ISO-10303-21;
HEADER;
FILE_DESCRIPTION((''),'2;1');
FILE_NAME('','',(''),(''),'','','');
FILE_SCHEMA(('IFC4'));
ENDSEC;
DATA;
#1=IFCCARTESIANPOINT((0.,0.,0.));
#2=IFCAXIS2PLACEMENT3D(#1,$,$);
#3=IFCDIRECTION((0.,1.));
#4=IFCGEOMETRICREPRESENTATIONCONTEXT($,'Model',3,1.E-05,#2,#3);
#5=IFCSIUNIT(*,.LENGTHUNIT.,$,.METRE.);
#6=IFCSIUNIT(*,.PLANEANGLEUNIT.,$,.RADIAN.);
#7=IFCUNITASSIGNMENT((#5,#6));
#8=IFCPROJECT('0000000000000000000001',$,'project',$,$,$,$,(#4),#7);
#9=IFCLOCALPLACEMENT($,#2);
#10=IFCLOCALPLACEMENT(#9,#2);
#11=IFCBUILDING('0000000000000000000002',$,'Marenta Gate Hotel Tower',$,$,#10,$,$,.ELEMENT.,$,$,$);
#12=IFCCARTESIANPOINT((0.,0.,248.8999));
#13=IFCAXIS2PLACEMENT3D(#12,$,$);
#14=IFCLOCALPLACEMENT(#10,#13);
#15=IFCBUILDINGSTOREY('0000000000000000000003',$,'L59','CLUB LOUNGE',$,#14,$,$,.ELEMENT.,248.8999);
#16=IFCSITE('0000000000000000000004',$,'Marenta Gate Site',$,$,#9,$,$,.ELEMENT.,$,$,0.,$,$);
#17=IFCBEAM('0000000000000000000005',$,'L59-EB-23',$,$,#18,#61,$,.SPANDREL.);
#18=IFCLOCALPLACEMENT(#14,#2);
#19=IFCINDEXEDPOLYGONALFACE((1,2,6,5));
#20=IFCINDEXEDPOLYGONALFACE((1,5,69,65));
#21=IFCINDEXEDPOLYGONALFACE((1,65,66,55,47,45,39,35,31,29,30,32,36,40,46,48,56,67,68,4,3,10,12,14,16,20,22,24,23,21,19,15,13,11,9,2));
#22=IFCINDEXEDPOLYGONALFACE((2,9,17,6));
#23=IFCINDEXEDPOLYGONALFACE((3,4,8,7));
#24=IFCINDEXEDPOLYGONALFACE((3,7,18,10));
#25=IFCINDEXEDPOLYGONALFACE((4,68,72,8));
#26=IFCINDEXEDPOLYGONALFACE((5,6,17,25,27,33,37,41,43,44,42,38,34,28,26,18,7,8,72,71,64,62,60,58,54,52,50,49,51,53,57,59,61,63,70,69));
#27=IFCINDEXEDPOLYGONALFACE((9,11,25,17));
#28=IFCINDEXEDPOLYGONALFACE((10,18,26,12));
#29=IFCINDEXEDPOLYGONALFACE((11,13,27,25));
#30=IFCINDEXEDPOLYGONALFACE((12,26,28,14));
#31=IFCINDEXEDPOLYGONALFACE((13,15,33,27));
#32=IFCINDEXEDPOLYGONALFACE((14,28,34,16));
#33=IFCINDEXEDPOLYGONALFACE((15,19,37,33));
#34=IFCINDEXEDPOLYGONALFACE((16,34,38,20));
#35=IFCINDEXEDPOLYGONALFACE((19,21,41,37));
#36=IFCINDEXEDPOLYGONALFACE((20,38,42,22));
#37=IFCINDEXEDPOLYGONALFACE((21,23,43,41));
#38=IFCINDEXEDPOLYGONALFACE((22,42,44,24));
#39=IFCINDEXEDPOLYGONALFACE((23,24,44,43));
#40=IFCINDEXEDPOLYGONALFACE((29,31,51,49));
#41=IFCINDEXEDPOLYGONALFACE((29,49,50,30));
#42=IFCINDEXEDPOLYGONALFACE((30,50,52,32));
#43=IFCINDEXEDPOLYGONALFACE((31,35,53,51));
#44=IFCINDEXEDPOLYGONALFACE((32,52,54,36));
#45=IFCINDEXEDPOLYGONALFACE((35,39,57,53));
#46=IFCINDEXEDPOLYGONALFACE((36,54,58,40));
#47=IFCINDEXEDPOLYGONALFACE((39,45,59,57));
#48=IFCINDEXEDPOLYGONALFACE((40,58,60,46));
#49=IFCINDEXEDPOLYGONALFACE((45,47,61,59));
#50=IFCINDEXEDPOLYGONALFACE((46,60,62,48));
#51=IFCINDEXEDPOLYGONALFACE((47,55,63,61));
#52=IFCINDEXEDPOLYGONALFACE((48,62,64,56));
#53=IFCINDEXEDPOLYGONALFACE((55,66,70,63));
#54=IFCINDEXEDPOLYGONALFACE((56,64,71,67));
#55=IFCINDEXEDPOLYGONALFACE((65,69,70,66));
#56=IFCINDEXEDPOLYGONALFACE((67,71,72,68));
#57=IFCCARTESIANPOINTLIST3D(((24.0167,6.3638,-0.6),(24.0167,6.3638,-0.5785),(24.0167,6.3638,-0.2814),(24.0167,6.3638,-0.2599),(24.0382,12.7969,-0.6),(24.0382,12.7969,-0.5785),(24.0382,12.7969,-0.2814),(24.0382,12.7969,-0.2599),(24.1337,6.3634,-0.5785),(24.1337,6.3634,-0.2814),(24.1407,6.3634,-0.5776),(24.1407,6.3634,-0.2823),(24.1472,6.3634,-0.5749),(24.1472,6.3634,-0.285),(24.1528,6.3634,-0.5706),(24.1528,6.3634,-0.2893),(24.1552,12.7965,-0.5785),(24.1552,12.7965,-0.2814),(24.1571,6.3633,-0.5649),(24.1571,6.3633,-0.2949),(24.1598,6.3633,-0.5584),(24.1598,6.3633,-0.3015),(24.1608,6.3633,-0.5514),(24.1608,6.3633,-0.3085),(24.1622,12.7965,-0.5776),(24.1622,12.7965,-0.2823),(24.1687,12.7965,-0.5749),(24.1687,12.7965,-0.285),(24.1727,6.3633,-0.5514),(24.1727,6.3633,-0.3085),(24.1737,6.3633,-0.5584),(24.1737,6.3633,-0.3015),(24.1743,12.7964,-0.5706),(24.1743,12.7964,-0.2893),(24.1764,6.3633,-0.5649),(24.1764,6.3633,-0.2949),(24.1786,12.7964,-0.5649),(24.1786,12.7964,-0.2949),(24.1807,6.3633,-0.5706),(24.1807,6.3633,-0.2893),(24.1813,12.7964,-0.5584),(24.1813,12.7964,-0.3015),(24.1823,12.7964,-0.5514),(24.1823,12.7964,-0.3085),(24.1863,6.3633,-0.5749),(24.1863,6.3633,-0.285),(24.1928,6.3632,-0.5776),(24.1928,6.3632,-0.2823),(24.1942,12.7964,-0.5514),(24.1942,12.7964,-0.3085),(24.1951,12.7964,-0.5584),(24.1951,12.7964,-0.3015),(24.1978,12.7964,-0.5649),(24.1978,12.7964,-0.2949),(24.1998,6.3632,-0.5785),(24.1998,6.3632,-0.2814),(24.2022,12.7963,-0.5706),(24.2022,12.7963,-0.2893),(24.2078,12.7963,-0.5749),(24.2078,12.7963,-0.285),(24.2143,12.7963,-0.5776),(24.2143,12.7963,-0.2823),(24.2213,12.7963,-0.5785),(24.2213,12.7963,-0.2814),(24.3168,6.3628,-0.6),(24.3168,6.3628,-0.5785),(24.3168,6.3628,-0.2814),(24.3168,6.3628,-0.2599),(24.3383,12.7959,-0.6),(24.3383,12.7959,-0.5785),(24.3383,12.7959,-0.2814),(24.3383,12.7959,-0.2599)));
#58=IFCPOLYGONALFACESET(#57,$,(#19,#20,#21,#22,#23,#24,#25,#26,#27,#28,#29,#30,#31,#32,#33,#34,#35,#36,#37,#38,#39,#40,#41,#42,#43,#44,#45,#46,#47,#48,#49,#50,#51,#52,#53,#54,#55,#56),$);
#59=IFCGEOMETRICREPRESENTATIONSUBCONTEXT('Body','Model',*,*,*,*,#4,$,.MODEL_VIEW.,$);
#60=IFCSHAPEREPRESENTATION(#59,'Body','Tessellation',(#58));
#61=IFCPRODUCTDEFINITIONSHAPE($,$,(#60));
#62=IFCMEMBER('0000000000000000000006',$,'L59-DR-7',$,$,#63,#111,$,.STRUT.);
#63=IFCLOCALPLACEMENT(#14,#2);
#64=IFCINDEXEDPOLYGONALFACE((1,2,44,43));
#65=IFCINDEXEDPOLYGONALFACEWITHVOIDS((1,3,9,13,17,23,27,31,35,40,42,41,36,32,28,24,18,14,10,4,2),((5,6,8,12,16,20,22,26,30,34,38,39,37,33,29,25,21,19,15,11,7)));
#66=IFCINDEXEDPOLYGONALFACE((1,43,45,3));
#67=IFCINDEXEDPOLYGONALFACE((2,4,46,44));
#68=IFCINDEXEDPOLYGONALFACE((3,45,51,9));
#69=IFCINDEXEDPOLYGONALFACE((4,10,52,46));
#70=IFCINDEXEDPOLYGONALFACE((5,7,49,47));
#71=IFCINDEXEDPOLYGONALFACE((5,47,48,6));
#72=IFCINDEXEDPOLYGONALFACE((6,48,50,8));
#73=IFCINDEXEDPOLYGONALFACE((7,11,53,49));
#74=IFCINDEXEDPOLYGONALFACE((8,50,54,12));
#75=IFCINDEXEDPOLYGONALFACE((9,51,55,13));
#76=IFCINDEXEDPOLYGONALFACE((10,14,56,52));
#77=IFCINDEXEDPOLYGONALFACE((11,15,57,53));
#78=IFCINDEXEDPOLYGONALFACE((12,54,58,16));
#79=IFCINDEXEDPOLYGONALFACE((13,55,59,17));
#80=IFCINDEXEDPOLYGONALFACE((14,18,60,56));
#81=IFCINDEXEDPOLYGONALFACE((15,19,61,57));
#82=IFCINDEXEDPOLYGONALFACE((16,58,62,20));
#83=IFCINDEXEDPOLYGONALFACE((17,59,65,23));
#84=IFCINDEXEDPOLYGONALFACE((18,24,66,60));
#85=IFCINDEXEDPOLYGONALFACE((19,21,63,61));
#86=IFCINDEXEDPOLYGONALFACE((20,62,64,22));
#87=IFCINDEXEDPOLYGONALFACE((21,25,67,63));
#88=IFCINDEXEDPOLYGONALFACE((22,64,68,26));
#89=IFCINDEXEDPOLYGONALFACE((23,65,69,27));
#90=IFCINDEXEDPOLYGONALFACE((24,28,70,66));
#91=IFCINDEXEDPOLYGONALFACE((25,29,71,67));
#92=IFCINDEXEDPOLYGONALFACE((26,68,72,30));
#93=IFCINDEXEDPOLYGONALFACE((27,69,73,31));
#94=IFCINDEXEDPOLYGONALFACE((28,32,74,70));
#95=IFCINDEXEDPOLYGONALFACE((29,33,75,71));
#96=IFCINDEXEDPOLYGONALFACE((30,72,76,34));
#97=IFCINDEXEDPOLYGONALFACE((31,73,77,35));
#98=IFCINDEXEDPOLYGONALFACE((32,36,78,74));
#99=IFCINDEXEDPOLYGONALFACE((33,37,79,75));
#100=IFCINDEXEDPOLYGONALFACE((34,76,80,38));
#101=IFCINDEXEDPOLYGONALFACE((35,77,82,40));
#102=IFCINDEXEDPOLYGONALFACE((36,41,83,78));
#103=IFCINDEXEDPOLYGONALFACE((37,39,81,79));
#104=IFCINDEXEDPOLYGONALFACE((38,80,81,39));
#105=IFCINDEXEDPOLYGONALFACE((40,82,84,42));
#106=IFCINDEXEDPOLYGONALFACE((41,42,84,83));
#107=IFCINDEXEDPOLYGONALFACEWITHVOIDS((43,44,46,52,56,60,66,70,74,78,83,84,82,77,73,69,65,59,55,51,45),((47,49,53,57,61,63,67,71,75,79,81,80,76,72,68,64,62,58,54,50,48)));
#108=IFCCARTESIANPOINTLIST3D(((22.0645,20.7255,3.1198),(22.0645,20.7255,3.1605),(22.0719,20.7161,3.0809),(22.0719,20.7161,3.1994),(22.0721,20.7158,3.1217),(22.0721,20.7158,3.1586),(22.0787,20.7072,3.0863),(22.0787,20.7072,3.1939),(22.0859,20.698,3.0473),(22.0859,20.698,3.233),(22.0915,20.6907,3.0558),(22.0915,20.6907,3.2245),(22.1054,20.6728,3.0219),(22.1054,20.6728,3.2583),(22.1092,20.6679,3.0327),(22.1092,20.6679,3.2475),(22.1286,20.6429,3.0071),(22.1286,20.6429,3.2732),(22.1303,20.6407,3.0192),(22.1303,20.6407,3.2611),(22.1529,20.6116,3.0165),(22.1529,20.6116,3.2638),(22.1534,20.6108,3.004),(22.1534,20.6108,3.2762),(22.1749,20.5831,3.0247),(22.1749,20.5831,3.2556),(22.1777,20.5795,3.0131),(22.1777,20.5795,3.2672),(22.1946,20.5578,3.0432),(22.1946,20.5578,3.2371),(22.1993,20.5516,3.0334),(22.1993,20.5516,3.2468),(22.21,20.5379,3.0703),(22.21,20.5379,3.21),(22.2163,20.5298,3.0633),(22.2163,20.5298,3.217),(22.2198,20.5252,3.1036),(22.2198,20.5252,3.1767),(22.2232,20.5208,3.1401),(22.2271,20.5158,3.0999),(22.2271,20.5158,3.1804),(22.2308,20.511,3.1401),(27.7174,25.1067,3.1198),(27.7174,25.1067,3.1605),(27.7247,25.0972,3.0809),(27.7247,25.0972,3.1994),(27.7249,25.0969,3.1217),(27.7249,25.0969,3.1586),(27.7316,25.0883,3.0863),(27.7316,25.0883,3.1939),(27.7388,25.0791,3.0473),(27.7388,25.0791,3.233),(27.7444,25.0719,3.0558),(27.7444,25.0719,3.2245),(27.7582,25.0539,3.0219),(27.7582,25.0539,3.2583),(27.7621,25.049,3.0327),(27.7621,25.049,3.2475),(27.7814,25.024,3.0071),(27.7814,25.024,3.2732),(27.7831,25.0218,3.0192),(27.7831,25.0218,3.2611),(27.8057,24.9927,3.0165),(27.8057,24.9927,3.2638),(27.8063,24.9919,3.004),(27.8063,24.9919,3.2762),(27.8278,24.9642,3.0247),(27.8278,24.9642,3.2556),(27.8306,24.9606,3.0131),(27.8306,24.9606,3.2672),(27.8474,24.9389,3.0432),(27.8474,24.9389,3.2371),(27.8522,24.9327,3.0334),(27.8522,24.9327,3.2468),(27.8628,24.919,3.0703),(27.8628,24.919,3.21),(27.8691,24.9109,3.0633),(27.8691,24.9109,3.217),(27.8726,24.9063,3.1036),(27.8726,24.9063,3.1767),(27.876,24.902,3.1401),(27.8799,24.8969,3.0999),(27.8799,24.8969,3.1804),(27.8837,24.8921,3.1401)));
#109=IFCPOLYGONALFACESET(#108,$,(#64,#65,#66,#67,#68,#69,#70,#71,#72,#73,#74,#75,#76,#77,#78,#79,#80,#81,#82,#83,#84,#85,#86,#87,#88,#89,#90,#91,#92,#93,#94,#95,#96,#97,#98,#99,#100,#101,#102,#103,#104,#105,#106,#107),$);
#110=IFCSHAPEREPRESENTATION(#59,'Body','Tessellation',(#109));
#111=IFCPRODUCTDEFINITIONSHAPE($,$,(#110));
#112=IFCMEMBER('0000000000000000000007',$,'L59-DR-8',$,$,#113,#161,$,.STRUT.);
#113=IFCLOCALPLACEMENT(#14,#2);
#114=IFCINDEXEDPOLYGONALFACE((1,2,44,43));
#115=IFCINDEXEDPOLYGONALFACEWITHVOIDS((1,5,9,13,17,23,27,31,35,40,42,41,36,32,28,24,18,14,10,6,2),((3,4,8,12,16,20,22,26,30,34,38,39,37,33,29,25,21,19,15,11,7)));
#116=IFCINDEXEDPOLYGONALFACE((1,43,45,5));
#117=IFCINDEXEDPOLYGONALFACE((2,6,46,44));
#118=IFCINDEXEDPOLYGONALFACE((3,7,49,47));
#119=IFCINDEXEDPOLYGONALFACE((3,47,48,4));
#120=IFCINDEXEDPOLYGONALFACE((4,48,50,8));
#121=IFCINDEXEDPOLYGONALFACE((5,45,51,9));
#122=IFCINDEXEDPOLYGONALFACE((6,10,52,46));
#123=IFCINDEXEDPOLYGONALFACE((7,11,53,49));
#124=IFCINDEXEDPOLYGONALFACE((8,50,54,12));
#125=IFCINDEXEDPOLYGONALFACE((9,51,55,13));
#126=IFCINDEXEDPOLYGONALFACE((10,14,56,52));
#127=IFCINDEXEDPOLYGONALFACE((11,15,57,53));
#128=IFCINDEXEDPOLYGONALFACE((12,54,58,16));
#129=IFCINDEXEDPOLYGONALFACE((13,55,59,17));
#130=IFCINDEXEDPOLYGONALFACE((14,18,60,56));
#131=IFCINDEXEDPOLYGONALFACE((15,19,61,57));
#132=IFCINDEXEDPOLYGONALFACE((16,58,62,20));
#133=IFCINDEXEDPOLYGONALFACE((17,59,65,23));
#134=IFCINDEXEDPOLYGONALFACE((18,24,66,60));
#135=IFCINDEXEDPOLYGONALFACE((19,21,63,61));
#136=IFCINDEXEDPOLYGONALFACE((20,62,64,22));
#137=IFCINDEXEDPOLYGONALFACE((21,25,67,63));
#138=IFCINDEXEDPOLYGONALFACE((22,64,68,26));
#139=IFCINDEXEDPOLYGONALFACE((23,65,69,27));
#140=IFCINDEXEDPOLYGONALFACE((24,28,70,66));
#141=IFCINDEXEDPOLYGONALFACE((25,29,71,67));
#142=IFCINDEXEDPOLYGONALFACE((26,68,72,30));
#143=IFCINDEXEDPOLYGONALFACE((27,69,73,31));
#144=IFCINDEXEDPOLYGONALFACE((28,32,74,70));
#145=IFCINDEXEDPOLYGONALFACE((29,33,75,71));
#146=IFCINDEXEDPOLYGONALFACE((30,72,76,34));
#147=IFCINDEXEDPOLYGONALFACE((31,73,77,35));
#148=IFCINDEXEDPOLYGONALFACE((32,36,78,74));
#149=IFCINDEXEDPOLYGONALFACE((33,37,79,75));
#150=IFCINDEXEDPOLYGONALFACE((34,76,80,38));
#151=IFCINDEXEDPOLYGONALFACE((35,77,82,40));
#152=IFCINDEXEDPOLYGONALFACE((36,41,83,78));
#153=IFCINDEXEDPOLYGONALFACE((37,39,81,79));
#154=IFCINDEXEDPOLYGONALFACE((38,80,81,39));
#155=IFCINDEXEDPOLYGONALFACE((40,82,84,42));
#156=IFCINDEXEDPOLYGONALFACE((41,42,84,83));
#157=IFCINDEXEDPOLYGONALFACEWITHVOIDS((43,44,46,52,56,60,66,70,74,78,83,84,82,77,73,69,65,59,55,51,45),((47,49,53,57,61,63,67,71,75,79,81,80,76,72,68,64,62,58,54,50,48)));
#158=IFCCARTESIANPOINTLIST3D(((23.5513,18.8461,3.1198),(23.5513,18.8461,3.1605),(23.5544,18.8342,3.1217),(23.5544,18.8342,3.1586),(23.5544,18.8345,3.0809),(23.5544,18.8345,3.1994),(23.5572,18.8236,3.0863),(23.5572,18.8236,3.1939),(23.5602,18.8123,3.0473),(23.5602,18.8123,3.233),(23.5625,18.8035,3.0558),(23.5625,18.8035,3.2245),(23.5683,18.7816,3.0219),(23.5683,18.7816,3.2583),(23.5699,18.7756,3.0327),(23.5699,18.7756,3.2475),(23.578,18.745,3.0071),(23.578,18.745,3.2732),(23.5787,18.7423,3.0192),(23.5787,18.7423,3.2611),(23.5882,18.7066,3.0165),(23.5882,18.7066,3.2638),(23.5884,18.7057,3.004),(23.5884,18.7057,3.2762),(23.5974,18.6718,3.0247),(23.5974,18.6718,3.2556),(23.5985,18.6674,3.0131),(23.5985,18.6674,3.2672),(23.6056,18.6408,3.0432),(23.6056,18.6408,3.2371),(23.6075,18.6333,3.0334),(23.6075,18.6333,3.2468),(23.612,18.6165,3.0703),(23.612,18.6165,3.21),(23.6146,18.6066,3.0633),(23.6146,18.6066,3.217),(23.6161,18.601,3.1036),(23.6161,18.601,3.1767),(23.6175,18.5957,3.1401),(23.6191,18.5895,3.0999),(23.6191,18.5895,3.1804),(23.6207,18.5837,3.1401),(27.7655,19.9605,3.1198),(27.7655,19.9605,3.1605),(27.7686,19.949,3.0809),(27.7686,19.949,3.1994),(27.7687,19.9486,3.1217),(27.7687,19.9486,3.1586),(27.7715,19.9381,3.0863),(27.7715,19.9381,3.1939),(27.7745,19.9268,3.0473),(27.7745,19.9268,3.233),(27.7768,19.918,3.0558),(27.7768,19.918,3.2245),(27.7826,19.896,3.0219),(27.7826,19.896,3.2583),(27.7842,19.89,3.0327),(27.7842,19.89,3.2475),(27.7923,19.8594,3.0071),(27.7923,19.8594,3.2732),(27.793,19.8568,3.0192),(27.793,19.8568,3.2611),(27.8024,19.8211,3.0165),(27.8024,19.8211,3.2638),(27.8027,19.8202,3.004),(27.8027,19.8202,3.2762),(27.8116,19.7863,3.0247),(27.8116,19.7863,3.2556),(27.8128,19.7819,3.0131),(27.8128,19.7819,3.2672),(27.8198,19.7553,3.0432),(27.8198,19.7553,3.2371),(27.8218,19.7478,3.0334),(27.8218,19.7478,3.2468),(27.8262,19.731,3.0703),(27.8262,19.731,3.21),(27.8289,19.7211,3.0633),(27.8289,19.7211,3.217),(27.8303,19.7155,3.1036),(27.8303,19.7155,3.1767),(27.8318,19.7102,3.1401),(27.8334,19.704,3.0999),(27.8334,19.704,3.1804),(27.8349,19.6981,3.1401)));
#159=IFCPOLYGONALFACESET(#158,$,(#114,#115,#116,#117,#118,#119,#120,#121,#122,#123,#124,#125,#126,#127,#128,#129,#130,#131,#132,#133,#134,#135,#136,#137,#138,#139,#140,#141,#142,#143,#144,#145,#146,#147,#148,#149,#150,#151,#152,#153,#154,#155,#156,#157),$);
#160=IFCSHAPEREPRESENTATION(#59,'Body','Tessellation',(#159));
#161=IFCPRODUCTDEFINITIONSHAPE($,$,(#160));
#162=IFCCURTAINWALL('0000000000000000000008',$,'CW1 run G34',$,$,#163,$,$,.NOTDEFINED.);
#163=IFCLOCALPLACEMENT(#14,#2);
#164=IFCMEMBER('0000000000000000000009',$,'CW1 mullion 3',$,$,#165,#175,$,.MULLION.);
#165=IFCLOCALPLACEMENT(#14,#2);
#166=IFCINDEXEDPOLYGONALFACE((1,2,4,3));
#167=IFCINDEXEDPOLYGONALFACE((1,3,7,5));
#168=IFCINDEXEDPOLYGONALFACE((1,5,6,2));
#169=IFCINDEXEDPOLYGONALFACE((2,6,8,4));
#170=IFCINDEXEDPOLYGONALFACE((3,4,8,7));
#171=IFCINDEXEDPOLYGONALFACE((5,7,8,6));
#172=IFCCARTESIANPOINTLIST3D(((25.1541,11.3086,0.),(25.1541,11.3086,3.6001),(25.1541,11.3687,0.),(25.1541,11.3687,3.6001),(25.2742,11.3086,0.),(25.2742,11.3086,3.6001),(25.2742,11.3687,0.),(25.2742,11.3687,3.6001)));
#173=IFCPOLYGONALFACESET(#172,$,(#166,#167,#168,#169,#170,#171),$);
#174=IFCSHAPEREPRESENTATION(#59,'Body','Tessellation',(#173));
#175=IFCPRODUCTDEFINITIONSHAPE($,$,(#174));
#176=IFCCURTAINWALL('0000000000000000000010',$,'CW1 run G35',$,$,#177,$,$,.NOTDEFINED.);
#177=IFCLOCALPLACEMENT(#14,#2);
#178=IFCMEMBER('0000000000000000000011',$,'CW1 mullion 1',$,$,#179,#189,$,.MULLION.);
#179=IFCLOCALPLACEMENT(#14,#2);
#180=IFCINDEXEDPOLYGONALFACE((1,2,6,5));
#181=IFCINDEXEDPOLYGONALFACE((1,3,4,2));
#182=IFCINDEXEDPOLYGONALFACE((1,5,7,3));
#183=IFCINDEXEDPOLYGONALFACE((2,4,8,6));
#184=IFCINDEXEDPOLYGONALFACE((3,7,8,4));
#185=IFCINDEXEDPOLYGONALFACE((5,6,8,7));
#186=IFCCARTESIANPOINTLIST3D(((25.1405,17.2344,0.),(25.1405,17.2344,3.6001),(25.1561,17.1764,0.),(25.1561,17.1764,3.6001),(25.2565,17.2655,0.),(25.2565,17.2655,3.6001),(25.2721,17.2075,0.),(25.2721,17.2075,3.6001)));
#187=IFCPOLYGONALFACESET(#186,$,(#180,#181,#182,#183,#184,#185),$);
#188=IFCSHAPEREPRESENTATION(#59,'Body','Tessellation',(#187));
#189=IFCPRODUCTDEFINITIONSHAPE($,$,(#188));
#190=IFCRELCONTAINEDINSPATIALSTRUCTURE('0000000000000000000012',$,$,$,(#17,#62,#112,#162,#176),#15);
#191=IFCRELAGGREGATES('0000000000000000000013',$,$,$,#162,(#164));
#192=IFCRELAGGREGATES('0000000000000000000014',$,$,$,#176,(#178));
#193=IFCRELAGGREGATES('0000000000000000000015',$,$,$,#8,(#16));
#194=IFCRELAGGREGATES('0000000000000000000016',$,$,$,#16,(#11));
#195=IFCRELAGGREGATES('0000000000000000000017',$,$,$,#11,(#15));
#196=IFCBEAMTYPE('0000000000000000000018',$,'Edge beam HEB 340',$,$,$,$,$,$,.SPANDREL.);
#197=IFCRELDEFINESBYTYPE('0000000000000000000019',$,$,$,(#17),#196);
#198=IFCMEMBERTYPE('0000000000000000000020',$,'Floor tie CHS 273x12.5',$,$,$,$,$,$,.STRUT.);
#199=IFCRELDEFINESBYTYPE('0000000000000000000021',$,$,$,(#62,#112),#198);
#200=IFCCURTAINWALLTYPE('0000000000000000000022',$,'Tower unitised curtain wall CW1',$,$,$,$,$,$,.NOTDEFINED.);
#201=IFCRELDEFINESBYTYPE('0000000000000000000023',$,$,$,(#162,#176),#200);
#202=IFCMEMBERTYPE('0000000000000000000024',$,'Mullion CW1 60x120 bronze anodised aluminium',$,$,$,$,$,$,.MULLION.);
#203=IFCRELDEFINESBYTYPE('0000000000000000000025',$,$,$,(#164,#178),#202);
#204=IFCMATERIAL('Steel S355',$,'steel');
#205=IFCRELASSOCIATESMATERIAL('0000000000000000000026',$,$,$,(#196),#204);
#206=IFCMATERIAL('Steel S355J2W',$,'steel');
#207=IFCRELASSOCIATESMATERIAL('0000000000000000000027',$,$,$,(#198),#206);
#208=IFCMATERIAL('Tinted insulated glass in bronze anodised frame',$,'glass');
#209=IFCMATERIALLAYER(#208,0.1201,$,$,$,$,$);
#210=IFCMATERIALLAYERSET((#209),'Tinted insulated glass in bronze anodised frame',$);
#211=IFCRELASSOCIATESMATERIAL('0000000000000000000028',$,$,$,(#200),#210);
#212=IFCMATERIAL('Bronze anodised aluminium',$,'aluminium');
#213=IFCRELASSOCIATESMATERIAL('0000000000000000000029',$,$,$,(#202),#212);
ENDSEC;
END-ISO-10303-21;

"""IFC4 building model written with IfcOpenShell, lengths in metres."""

from ifc_helpers import new_model, si_unit, direction, frame, origin, origin_2d, place, context, subcontext, project, spatial, rectangle, hollow_circle, i_section, extrude, material, layer, layer_set, material_profile, profile_set, type_object, element, aggregate, save


model = new_model("IFC4")

# Units and contexts
model_context = context("Model", 3, precision=1e-05, world=origin(), true_north=direction((0.0, 1.0)))
body_context = subcontext(model_context, "Body", "Model", "MODEL_VIEW")
ifc_project = project(units=[si_unit("LENGTHUNIT", "METRE"), si_unit("PLANEANGLEUNIT", "RADIAN")], contexts=[model_context])

# Site, building, storey
site_placement = place(None, origin())
site = spatial("IfcSite", under=ifc_project, at=site_placement, Name="Marenta Gate Site", CompositionType="ELEMENT", RefElevation=0.0)
building_placement = place(site_placement, origin())
building = spatial("IfcBuilding", under=site, at=building_placement, Name="Marenta Gate Hotel Tower", CompositionType="ELEMENT")
storey_placement = place(building_placement, frame((0.0, 0.0, 248.8999)))
storey = spatial("IfcBuildingStorey", under=building, at=storey_placement, Name="L59", Description="CLUB LOUNGE", CompositionType="ELEMENT", Elevation=248.8999)

# Beam
ifc_material_1 = material(Name="Steel S355", Category="steel")
ifc_material_profile_1 = material_profile(ifc_material_1, i_section(OverallWidth=0.3, OverallDepth=0.3401, WebThickness=0.012, FlangeThickness=0.0215, FilletRadius=0.0271, at=origin_2d()), Name="HEB 340")
ifc_profile_set_1 = profile_set([ifc_material_profile_1], Name="Steel S355")
beam_type = type_object("IfcBeamType", Name="Edge beam HEB 340", PredefinedType="SPANDREL", material=ifc_profile_set_1)
beam_1_placement = place(storey_placement, frame((24.1882, 12.7964, -0.4299), z_axis=(-0.00334, -0.999994, 0.0), x_axis=(0.999994, -0.00334, 0.0)))
element("IfcBeam", 1, at=beam_1_placement, inside=storey, type_object=beam_type, Name="L59-EB-23", PredefinedType="SPANDREL", context=body_context, shape_type="SweptSolid", body=[
    extrude(i_section(OverallWidth=0.3, OverallDepth=0.3401, WebThickness=0.012, FlangeThickness=0.0215, FilletRadius=0.0271, at=origin_2d()), origin(), (0.0, 0.0, 1.0), 6.4331),
])

# Members
ifc_material_2 = material(Name="Steel S355J2W", Category="steel")
ifc_material_profile_2 = material_profile(ifc_material_2, hollow_circle(Radius=0.1365, WallThickness=0.0125, at=origin_2d()), Name="CHS 273x12.5")
ifc_profile_set_2 = profile_set([ifc_material_profile_2], Name="Steel S355J2W")
member_type_1 = type_object("IfcMemberType", Name="Floor tie CHS 273x12.5", PredefinedType="STRUT", material=ifc_profile_set_2)
member_1_placement = place(storey_placement, frame((27.8, 25.0, 3.1401), z_axis=(-0.790404, -0.612586, 0.0), x_axis=(0.612586, -0.790404, 0.0)))
element("IfcMember", 2, at=member_1_placement, inside=storey, type_object=member_type_1, Name="L59-DR-7", PredefinedType="STRUT", context=body_context, shape_type="SweptSolid", body=[
    extrude(hollow_circle(Radius=0.1365, WallThickness=0.0125, at=origin_2d()), origin(), (0.0, 0.0, 1.0), 7.1519),
])
member_2_placement = place(storey_placement, frame((27.8, 19.8301, 3.1401), z_axis=(-0.966766, -0.255665, 0.0), x_axis=(0.255665, -0.966766, 0.0)))
element("IfcMember", 3, at=member_2_placement, inside=storey, type_object=member_type_1, Name="L59-DR-8", PredefinedType="STRUT", context=body_context, shape_type="SweptSolid", body=[
    extrude(hollow_circle(Radius=0.1365, WallThickness=0.0125, at=origin_2d()), origin(), (0.0, 0.0, 1.0), 4.3591),
])

# Curtain wall, member
ifc_material_3 = material(Name="Tinted insulated glass in bronze anodised frame", Category="glass")
ifc_layer_1 = layer(ifc_material_3, 0.1201)
ifc_layer_set_1 = layer_set([ifc_layer_1], Name="Tinted insulated glass in bronze anodised frame")
curtain_wall_type = type_object("IfcCurtainWallType", Name="Tower unitised curtain wall CW1", PredefinedType="NOTDEFINED", material=ifc_layer_set_1)
curtain_wall_1_placement = place(storey_placement, origin())
curtain_wall_1 = element("IfcCurtainWall", 4, at=curtain_wall_1_placement, inside=storey, type_object=curtain_wall_type, Name="CW1 run G34", PredefinedType="NOTDEFINED")
ifc_material_4 = material(Name="Bronze anodised aluminium", Category="aluminium")
ifc_material_profile_3 = material_profile(ifc_material_4, rectangle(XDim=0.1201, YDim=0.0601, at=origin_2d()), Name="Mullion CW1 60x120 bronze anodised aluminium")
ifc_profile_set_3 = profile_set([ifc_material_profile_3], Name="Bronze anodised aluminium")
member_type_2 = type_object("IfcMemberType", Name="Mullion CW1 60x120 bronze anodised aluminium", PredefinedType="MULLION", material=ifc_profile_set_3)
member_3_placement = place(storey_placement, frame((25.2141, 11.3386, 0.0), z_axis=(0.0, 0.0, 1.0), x_axis=(-1.0, 0.0, 0.0)))
member_3 = element("IfcMember", 5, at=member_3_placement, type_object=member_type_2, Name="CW1 mullion 3", PredefinedType="MULLION", context=body_context, shape_type="SweptSolid", body=[
    extrude(rectangle(XDim=0.1201, YDim=0.0601, at=origin_2d()), origin(), (0.0, 0.0, 1.0), 3.6001),
])

# Curtain wall, member
curtain_wall_2_placement = place(storey_placement, origin())
curtain_wall_2 = element("IfcCurtainWall", 6, at=curtain_wall_2_placement, inside=storey, type_object=curtain_wall_type, Name="CW1 run G35", PredefinedType="NOTDEFINED")
member_4_placement = place(storey_placement, frame((25.2063, 17.2209, 0.0), z_axis=(0.0, 0.0, 1.0), x_axis=(-0.965923, -0.25883, 0.0)))
member_4 = element("IfcMember", 7, at=member_4_placement, type_object=member_type_2, Name="CW1 mullion 1", PredefinedType="MULLION", context=body_context, shape_type="SweptSolid", body=[
    extrude(rectangle(XDim=0.1201, YDim=0.0601, at=origin_2d()), origin(), (0.0, 0.0, 1.0), 3.6001),
])

aggregate(curtain_wall_1, [member_3])
aggregate(curtain_wall_2, [member_4])

save(model, "model.ifc")
